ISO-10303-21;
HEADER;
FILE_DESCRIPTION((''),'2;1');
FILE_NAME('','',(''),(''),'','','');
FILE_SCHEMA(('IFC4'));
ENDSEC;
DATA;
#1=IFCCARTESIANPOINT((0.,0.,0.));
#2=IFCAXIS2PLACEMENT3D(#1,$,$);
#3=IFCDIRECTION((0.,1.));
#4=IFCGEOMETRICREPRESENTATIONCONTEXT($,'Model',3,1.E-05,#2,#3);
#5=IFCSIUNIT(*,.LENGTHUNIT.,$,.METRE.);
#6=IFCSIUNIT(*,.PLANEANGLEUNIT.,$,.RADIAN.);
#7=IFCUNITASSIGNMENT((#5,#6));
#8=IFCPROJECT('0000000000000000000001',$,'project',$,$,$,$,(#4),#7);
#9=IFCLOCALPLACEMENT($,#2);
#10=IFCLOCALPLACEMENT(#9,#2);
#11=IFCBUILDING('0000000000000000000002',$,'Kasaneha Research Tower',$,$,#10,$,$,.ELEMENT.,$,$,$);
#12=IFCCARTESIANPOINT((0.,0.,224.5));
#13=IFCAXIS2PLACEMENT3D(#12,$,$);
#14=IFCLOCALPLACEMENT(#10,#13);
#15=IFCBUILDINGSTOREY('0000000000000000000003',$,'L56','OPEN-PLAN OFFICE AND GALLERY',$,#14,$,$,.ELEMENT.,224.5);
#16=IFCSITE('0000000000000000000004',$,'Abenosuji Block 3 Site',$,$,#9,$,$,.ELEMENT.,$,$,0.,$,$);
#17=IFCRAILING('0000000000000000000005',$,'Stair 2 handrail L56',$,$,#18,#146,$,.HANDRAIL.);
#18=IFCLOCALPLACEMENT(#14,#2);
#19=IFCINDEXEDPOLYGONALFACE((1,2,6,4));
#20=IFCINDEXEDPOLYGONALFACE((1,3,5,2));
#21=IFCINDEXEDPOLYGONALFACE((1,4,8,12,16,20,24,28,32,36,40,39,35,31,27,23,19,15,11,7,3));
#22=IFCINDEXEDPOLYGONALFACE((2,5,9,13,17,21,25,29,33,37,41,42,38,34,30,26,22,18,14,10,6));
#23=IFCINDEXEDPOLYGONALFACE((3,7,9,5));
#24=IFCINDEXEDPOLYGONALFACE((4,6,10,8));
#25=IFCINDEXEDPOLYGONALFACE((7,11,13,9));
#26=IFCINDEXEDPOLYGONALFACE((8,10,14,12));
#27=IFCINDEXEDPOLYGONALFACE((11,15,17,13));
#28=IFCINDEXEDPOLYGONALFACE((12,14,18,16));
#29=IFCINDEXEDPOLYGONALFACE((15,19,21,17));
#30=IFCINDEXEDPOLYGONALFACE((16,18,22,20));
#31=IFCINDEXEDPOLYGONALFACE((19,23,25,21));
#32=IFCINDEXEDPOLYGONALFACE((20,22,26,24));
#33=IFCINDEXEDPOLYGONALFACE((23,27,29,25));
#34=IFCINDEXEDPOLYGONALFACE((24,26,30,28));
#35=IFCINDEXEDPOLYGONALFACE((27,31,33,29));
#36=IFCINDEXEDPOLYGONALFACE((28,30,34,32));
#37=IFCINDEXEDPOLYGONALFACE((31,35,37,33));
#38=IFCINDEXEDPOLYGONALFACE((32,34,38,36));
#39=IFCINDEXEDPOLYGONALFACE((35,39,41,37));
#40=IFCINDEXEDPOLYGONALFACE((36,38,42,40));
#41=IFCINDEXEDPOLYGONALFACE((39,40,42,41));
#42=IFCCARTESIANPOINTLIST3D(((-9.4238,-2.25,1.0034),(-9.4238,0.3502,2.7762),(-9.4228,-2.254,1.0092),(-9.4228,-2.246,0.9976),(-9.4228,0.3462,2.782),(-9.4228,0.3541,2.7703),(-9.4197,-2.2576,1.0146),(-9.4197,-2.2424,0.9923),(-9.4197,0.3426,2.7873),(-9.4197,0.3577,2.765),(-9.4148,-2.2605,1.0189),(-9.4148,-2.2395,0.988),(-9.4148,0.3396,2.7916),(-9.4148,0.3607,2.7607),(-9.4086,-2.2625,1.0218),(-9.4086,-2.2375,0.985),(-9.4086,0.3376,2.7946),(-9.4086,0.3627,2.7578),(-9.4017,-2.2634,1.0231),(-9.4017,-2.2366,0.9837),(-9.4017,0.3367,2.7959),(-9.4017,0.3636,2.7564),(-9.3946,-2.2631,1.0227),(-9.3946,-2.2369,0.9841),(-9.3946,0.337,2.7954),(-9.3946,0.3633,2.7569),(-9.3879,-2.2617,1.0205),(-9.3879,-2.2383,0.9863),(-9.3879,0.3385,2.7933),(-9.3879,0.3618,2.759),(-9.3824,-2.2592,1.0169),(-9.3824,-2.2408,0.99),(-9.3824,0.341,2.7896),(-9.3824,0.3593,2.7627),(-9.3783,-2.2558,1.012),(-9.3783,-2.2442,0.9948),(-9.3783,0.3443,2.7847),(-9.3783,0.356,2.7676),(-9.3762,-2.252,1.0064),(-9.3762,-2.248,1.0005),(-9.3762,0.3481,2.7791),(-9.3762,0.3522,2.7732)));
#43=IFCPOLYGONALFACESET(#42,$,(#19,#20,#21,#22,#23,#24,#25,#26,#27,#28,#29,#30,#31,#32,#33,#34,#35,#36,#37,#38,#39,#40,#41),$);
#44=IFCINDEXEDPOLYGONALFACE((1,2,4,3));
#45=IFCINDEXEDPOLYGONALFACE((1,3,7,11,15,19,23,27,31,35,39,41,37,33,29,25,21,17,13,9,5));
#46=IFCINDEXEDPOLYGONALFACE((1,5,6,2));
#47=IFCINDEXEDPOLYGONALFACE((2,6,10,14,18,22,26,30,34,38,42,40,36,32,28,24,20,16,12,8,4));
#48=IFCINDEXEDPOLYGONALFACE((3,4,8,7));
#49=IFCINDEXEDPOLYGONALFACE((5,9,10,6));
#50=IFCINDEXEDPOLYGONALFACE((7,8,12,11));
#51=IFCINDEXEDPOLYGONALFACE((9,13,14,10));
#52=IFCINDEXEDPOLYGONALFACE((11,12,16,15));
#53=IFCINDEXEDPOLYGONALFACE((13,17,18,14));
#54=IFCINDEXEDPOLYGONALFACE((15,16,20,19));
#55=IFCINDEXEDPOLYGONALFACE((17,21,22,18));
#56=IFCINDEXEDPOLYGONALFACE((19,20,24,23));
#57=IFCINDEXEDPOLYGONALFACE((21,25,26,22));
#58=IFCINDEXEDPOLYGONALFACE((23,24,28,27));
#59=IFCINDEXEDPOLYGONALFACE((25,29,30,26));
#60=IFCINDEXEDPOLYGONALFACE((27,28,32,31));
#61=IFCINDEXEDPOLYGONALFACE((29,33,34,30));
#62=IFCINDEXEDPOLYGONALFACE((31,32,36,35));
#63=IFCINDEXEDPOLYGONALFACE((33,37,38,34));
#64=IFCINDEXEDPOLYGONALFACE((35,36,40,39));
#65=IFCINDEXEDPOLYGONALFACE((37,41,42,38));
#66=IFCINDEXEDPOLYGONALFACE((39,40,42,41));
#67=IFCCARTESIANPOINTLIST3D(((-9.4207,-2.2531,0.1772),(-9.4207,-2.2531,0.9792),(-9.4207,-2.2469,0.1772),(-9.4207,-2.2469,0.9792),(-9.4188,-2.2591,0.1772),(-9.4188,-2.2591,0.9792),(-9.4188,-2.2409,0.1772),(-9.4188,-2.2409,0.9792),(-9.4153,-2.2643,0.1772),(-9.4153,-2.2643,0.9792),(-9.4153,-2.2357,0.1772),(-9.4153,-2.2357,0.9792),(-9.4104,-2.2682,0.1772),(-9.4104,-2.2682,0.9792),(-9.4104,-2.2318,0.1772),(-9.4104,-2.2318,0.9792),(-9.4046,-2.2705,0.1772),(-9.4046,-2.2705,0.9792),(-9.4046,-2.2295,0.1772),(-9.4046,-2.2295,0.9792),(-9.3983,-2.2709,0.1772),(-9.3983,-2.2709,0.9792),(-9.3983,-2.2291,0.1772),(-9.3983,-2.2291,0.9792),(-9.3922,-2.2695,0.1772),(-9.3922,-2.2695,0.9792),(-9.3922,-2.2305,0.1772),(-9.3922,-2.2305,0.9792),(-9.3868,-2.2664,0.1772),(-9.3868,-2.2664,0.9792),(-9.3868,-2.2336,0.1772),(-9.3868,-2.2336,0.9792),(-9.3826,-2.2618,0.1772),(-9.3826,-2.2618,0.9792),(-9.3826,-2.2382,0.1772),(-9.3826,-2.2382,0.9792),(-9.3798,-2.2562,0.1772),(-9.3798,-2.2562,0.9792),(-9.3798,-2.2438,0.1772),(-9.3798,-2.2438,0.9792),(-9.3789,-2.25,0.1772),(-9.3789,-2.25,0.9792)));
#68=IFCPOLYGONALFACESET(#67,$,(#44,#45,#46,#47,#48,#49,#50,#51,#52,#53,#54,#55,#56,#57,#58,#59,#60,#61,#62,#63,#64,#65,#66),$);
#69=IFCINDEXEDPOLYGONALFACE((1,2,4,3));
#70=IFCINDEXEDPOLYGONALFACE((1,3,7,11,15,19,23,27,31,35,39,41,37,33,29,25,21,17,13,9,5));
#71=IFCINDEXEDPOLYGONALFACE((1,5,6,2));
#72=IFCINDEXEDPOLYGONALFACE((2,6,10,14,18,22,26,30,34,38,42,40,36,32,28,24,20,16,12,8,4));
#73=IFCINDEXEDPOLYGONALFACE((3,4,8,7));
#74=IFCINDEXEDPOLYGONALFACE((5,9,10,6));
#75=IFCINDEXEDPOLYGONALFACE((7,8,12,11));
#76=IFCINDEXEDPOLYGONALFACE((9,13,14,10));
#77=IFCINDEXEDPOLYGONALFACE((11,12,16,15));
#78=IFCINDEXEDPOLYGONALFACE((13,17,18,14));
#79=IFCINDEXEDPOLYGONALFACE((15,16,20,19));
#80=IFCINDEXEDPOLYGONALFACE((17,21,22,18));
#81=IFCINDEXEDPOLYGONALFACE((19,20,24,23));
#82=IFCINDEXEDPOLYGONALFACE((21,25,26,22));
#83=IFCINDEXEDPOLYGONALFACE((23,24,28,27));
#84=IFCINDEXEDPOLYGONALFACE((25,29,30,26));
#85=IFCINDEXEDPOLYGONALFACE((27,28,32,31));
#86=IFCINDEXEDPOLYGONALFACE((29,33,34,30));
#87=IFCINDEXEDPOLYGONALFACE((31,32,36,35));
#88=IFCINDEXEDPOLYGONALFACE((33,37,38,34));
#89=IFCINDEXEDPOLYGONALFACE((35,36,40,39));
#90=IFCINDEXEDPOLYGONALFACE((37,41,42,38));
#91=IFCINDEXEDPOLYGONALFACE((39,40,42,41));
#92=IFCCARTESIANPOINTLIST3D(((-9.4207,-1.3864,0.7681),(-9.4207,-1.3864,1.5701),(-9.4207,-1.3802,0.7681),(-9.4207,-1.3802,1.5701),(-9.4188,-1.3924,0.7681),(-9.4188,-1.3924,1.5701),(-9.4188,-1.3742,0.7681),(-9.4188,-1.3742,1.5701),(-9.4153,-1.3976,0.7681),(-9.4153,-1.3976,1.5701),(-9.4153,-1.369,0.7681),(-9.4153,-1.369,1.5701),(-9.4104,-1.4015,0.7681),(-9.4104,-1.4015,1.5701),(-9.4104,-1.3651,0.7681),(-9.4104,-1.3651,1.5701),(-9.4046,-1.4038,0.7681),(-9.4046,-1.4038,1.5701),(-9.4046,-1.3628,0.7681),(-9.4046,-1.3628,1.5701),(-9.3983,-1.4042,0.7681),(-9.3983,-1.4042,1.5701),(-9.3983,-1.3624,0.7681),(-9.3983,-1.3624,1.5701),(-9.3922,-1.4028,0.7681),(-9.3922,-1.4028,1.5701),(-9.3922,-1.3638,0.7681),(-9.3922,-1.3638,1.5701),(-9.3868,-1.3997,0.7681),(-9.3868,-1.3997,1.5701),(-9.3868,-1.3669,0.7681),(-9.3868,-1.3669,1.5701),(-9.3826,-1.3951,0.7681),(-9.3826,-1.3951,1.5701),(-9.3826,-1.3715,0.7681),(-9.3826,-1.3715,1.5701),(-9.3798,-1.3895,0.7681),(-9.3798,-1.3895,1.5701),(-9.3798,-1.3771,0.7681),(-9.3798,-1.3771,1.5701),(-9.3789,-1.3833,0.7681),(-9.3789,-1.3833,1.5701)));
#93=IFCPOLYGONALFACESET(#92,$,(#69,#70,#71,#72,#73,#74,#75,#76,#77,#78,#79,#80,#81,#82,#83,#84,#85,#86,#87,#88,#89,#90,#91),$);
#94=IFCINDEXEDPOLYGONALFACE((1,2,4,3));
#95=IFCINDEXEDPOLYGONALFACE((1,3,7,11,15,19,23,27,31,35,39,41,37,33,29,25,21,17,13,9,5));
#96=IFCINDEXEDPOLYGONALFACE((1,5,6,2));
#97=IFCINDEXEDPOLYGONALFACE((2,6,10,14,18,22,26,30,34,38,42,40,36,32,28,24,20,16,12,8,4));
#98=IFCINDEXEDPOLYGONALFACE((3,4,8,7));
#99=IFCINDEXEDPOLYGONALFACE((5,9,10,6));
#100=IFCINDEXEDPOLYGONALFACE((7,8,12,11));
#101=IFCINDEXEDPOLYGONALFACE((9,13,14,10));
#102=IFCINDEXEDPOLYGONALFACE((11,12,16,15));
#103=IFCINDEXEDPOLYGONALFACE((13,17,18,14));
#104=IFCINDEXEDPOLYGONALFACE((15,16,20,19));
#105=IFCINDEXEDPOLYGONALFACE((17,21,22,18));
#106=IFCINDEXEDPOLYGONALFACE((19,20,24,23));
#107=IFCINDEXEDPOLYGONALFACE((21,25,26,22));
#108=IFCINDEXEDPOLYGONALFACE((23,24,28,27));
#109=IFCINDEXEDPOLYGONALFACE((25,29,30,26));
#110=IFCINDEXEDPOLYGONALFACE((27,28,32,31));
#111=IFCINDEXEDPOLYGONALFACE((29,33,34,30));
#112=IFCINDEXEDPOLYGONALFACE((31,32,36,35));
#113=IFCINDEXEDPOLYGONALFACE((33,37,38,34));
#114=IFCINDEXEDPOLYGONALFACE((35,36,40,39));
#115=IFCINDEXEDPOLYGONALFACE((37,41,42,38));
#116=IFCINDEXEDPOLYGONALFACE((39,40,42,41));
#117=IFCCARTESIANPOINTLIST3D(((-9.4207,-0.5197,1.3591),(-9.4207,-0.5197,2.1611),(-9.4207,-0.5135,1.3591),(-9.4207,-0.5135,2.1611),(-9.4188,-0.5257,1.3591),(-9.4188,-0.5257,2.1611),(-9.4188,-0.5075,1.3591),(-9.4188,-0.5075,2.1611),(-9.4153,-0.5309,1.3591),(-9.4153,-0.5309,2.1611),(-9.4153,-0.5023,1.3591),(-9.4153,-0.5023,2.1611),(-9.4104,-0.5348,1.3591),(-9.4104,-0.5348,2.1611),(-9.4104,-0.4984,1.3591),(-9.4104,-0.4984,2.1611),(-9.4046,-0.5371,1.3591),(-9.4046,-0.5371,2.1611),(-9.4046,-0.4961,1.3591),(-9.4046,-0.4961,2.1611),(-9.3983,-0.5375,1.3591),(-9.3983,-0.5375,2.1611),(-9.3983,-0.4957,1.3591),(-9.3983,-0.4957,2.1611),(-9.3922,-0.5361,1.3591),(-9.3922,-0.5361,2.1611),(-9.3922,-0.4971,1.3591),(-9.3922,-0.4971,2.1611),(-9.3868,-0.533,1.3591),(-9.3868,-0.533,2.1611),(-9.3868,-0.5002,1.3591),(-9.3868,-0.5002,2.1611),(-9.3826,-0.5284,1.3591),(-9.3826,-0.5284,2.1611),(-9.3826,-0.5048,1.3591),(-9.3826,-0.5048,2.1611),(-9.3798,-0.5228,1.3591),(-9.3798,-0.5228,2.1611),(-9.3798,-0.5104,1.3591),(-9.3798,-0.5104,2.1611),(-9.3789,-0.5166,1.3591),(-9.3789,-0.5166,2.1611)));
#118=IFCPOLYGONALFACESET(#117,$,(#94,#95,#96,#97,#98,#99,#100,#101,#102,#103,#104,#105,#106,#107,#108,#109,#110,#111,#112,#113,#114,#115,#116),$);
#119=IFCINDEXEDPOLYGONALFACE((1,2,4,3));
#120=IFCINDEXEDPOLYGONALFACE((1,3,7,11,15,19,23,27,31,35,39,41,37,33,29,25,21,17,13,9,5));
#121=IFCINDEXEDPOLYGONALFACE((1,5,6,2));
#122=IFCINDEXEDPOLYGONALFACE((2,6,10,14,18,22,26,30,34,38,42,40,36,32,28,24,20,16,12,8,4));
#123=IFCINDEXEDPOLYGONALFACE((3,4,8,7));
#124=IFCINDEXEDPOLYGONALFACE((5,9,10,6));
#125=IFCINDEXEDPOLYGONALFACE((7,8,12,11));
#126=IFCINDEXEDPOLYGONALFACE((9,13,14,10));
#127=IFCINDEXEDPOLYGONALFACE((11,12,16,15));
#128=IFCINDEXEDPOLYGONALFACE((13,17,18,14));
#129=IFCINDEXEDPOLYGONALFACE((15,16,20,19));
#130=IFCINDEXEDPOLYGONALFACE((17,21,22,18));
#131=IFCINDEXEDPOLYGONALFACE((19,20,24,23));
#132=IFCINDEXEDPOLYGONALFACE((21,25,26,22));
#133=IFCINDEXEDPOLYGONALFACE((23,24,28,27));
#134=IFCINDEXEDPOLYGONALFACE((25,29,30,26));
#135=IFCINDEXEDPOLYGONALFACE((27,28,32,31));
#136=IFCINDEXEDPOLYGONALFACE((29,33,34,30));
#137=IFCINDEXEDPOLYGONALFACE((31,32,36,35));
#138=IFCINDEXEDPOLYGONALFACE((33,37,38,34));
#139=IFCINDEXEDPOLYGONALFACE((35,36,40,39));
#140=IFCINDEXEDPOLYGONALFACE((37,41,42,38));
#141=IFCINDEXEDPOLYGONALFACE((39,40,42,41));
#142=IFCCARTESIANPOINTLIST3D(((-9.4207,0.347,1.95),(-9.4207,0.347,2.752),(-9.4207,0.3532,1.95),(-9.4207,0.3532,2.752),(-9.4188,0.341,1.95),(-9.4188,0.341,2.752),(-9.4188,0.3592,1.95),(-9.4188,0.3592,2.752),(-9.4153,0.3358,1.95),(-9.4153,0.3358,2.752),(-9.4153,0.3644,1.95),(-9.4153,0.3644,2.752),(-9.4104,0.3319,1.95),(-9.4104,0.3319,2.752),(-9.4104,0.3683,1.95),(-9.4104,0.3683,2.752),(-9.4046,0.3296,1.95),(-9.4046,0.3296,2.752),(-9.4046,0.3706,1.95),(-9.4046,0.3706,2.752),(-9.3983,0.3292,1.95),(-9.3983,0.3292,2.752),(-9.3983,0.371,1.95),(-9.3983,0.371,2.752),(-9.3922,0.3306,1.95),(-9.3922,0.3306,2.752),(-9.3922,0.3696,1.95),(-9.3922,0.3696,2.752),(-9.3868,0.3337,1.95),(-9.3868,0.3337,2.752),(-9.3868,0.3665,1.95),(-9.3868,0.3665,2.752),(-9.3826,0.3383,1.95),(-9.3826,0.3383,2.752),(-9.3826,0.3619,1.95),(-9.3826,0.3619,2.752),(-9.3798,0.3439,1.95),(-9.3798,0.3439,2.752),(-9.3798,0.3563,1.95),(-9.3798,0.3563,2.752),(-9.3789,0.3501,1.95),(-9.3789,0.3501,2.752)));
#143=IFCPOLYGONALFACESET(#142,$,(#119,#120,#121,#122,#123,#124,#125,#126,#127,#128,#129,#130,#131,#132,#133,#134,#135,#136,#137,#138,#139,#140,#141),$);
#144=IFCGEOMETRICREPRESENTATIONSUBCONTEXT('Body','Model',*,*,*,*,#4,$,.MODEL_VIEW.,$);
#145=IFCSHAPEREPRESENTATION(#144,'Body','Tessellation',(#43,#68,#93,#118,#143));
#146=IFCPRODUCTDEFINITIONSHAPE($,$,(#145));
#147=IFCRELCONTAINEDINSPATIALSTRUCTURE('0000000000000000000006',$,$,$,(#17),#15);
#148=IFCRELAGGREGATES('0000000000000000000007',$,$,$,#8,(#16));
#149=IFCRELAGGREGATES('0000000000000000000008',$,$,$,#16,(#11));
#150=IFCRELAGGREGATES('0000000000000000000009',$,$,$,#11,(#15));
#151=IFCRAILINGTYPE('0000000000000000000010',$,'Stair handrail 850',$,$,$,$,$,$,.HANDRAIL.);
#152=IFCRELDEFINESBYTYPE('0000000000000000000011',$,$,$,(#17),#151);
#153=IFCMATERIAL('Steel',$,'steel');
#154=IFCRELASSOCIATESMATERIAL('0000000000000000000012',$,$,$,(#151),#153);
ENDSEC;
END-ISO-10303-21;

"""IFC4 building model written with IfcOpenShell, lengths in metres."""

from ifc_helpers import new_model, si_unit, direction, frame, origin, origin_2d, place, context, subcontext, project, spatial, circle, extrude, material, type_object, element, save


model = new_model("IFC4")

# Units and contexts
model_context = context("Model", 3, precision=1e-05, world=origin(), true_north=direction((0.0, 1.0)))
body_context = subcontext(model_context, "Body", "Model", "MODEL_VIEW")
ifc_project = project(units=[si_unit("LENGTHUNIT", "METRE"), si_unit("PLANEANGLEUNIT", "RADIAN")], contexts=[model_context])

# Site, building, storey
site_placement = place(None, origin())
site = spatial("IfcSite", under=ifc_project, at=site_placement, Name="Abenosuji Block 3 Site", CompositionType="ELEMENT", RefElevation=0.0)
building_placement = place(site_placement, origin())
building = spatial("IfcBuilding", under=site, at=building_placement, Name="Kasaneha Research Tower", CompositionType="ELEMENT")
storey_placement = place(building_placement, frame((0.0, 0.0, 224.5)))
storey = spatial("IfcBuildingStorey", under=building, at=storey_placement, Name="L56", Description="OPEN-PLAN OFFICE AND GALLERY", CompositionType="ELEMENT", Elevation=224.5)

# Railing
ifc_material_1 = material(Name="Steel", Category="steel")
railing_type = type_object("IfcRailingType", Name="Stair handrail 850", PredefinedType="HANDRAIL", material=ifc_material_1)
railing_placement = place(storey_placement, frame((-9.3999, -2.25, 0.1772)))
element("IfcRailing", 1, at=railing_placement, inside=storey, type_object=railing_type, Name="Stair 2 handrail L56", PredefinedType="HANDRAIL", context=body_context, shape_type="SweptSolid", body=[
    extrude(circle(Radius=0.0239, at=origin_2d()), frame((0.0, 0.0, 0.8262), z_axis=(0.0, 0.82624, 0.563318), x_axis=(-1.0, 0.0, 0.0)), (0.0, 0.0, 1.0), 3.147),
    extrude(circle(Radius=0.021, at=origin_2d()), origin(), (0.0, 0.0, 1.0), 0.802),
    extrude(circle(Radius=0.021, at=origin_2d()), frame((0.0, 0.8667, 0.5908)), (0.0, 0.0, 1.0), 0.802),
    extrude(circle(Radius=0.021, at=origin_2d()), frame((0.0, 1.7334, 1.1819)), (0.0, 0.0, 1.0), 0.802),
    extrude(circle(Radius=0.021, at=origin_2d()), frame((0.0, 2.6001, 1.7727)), (0.0, 0.0, 1.0), 0.802),
])

save(model, "model.ifc")
